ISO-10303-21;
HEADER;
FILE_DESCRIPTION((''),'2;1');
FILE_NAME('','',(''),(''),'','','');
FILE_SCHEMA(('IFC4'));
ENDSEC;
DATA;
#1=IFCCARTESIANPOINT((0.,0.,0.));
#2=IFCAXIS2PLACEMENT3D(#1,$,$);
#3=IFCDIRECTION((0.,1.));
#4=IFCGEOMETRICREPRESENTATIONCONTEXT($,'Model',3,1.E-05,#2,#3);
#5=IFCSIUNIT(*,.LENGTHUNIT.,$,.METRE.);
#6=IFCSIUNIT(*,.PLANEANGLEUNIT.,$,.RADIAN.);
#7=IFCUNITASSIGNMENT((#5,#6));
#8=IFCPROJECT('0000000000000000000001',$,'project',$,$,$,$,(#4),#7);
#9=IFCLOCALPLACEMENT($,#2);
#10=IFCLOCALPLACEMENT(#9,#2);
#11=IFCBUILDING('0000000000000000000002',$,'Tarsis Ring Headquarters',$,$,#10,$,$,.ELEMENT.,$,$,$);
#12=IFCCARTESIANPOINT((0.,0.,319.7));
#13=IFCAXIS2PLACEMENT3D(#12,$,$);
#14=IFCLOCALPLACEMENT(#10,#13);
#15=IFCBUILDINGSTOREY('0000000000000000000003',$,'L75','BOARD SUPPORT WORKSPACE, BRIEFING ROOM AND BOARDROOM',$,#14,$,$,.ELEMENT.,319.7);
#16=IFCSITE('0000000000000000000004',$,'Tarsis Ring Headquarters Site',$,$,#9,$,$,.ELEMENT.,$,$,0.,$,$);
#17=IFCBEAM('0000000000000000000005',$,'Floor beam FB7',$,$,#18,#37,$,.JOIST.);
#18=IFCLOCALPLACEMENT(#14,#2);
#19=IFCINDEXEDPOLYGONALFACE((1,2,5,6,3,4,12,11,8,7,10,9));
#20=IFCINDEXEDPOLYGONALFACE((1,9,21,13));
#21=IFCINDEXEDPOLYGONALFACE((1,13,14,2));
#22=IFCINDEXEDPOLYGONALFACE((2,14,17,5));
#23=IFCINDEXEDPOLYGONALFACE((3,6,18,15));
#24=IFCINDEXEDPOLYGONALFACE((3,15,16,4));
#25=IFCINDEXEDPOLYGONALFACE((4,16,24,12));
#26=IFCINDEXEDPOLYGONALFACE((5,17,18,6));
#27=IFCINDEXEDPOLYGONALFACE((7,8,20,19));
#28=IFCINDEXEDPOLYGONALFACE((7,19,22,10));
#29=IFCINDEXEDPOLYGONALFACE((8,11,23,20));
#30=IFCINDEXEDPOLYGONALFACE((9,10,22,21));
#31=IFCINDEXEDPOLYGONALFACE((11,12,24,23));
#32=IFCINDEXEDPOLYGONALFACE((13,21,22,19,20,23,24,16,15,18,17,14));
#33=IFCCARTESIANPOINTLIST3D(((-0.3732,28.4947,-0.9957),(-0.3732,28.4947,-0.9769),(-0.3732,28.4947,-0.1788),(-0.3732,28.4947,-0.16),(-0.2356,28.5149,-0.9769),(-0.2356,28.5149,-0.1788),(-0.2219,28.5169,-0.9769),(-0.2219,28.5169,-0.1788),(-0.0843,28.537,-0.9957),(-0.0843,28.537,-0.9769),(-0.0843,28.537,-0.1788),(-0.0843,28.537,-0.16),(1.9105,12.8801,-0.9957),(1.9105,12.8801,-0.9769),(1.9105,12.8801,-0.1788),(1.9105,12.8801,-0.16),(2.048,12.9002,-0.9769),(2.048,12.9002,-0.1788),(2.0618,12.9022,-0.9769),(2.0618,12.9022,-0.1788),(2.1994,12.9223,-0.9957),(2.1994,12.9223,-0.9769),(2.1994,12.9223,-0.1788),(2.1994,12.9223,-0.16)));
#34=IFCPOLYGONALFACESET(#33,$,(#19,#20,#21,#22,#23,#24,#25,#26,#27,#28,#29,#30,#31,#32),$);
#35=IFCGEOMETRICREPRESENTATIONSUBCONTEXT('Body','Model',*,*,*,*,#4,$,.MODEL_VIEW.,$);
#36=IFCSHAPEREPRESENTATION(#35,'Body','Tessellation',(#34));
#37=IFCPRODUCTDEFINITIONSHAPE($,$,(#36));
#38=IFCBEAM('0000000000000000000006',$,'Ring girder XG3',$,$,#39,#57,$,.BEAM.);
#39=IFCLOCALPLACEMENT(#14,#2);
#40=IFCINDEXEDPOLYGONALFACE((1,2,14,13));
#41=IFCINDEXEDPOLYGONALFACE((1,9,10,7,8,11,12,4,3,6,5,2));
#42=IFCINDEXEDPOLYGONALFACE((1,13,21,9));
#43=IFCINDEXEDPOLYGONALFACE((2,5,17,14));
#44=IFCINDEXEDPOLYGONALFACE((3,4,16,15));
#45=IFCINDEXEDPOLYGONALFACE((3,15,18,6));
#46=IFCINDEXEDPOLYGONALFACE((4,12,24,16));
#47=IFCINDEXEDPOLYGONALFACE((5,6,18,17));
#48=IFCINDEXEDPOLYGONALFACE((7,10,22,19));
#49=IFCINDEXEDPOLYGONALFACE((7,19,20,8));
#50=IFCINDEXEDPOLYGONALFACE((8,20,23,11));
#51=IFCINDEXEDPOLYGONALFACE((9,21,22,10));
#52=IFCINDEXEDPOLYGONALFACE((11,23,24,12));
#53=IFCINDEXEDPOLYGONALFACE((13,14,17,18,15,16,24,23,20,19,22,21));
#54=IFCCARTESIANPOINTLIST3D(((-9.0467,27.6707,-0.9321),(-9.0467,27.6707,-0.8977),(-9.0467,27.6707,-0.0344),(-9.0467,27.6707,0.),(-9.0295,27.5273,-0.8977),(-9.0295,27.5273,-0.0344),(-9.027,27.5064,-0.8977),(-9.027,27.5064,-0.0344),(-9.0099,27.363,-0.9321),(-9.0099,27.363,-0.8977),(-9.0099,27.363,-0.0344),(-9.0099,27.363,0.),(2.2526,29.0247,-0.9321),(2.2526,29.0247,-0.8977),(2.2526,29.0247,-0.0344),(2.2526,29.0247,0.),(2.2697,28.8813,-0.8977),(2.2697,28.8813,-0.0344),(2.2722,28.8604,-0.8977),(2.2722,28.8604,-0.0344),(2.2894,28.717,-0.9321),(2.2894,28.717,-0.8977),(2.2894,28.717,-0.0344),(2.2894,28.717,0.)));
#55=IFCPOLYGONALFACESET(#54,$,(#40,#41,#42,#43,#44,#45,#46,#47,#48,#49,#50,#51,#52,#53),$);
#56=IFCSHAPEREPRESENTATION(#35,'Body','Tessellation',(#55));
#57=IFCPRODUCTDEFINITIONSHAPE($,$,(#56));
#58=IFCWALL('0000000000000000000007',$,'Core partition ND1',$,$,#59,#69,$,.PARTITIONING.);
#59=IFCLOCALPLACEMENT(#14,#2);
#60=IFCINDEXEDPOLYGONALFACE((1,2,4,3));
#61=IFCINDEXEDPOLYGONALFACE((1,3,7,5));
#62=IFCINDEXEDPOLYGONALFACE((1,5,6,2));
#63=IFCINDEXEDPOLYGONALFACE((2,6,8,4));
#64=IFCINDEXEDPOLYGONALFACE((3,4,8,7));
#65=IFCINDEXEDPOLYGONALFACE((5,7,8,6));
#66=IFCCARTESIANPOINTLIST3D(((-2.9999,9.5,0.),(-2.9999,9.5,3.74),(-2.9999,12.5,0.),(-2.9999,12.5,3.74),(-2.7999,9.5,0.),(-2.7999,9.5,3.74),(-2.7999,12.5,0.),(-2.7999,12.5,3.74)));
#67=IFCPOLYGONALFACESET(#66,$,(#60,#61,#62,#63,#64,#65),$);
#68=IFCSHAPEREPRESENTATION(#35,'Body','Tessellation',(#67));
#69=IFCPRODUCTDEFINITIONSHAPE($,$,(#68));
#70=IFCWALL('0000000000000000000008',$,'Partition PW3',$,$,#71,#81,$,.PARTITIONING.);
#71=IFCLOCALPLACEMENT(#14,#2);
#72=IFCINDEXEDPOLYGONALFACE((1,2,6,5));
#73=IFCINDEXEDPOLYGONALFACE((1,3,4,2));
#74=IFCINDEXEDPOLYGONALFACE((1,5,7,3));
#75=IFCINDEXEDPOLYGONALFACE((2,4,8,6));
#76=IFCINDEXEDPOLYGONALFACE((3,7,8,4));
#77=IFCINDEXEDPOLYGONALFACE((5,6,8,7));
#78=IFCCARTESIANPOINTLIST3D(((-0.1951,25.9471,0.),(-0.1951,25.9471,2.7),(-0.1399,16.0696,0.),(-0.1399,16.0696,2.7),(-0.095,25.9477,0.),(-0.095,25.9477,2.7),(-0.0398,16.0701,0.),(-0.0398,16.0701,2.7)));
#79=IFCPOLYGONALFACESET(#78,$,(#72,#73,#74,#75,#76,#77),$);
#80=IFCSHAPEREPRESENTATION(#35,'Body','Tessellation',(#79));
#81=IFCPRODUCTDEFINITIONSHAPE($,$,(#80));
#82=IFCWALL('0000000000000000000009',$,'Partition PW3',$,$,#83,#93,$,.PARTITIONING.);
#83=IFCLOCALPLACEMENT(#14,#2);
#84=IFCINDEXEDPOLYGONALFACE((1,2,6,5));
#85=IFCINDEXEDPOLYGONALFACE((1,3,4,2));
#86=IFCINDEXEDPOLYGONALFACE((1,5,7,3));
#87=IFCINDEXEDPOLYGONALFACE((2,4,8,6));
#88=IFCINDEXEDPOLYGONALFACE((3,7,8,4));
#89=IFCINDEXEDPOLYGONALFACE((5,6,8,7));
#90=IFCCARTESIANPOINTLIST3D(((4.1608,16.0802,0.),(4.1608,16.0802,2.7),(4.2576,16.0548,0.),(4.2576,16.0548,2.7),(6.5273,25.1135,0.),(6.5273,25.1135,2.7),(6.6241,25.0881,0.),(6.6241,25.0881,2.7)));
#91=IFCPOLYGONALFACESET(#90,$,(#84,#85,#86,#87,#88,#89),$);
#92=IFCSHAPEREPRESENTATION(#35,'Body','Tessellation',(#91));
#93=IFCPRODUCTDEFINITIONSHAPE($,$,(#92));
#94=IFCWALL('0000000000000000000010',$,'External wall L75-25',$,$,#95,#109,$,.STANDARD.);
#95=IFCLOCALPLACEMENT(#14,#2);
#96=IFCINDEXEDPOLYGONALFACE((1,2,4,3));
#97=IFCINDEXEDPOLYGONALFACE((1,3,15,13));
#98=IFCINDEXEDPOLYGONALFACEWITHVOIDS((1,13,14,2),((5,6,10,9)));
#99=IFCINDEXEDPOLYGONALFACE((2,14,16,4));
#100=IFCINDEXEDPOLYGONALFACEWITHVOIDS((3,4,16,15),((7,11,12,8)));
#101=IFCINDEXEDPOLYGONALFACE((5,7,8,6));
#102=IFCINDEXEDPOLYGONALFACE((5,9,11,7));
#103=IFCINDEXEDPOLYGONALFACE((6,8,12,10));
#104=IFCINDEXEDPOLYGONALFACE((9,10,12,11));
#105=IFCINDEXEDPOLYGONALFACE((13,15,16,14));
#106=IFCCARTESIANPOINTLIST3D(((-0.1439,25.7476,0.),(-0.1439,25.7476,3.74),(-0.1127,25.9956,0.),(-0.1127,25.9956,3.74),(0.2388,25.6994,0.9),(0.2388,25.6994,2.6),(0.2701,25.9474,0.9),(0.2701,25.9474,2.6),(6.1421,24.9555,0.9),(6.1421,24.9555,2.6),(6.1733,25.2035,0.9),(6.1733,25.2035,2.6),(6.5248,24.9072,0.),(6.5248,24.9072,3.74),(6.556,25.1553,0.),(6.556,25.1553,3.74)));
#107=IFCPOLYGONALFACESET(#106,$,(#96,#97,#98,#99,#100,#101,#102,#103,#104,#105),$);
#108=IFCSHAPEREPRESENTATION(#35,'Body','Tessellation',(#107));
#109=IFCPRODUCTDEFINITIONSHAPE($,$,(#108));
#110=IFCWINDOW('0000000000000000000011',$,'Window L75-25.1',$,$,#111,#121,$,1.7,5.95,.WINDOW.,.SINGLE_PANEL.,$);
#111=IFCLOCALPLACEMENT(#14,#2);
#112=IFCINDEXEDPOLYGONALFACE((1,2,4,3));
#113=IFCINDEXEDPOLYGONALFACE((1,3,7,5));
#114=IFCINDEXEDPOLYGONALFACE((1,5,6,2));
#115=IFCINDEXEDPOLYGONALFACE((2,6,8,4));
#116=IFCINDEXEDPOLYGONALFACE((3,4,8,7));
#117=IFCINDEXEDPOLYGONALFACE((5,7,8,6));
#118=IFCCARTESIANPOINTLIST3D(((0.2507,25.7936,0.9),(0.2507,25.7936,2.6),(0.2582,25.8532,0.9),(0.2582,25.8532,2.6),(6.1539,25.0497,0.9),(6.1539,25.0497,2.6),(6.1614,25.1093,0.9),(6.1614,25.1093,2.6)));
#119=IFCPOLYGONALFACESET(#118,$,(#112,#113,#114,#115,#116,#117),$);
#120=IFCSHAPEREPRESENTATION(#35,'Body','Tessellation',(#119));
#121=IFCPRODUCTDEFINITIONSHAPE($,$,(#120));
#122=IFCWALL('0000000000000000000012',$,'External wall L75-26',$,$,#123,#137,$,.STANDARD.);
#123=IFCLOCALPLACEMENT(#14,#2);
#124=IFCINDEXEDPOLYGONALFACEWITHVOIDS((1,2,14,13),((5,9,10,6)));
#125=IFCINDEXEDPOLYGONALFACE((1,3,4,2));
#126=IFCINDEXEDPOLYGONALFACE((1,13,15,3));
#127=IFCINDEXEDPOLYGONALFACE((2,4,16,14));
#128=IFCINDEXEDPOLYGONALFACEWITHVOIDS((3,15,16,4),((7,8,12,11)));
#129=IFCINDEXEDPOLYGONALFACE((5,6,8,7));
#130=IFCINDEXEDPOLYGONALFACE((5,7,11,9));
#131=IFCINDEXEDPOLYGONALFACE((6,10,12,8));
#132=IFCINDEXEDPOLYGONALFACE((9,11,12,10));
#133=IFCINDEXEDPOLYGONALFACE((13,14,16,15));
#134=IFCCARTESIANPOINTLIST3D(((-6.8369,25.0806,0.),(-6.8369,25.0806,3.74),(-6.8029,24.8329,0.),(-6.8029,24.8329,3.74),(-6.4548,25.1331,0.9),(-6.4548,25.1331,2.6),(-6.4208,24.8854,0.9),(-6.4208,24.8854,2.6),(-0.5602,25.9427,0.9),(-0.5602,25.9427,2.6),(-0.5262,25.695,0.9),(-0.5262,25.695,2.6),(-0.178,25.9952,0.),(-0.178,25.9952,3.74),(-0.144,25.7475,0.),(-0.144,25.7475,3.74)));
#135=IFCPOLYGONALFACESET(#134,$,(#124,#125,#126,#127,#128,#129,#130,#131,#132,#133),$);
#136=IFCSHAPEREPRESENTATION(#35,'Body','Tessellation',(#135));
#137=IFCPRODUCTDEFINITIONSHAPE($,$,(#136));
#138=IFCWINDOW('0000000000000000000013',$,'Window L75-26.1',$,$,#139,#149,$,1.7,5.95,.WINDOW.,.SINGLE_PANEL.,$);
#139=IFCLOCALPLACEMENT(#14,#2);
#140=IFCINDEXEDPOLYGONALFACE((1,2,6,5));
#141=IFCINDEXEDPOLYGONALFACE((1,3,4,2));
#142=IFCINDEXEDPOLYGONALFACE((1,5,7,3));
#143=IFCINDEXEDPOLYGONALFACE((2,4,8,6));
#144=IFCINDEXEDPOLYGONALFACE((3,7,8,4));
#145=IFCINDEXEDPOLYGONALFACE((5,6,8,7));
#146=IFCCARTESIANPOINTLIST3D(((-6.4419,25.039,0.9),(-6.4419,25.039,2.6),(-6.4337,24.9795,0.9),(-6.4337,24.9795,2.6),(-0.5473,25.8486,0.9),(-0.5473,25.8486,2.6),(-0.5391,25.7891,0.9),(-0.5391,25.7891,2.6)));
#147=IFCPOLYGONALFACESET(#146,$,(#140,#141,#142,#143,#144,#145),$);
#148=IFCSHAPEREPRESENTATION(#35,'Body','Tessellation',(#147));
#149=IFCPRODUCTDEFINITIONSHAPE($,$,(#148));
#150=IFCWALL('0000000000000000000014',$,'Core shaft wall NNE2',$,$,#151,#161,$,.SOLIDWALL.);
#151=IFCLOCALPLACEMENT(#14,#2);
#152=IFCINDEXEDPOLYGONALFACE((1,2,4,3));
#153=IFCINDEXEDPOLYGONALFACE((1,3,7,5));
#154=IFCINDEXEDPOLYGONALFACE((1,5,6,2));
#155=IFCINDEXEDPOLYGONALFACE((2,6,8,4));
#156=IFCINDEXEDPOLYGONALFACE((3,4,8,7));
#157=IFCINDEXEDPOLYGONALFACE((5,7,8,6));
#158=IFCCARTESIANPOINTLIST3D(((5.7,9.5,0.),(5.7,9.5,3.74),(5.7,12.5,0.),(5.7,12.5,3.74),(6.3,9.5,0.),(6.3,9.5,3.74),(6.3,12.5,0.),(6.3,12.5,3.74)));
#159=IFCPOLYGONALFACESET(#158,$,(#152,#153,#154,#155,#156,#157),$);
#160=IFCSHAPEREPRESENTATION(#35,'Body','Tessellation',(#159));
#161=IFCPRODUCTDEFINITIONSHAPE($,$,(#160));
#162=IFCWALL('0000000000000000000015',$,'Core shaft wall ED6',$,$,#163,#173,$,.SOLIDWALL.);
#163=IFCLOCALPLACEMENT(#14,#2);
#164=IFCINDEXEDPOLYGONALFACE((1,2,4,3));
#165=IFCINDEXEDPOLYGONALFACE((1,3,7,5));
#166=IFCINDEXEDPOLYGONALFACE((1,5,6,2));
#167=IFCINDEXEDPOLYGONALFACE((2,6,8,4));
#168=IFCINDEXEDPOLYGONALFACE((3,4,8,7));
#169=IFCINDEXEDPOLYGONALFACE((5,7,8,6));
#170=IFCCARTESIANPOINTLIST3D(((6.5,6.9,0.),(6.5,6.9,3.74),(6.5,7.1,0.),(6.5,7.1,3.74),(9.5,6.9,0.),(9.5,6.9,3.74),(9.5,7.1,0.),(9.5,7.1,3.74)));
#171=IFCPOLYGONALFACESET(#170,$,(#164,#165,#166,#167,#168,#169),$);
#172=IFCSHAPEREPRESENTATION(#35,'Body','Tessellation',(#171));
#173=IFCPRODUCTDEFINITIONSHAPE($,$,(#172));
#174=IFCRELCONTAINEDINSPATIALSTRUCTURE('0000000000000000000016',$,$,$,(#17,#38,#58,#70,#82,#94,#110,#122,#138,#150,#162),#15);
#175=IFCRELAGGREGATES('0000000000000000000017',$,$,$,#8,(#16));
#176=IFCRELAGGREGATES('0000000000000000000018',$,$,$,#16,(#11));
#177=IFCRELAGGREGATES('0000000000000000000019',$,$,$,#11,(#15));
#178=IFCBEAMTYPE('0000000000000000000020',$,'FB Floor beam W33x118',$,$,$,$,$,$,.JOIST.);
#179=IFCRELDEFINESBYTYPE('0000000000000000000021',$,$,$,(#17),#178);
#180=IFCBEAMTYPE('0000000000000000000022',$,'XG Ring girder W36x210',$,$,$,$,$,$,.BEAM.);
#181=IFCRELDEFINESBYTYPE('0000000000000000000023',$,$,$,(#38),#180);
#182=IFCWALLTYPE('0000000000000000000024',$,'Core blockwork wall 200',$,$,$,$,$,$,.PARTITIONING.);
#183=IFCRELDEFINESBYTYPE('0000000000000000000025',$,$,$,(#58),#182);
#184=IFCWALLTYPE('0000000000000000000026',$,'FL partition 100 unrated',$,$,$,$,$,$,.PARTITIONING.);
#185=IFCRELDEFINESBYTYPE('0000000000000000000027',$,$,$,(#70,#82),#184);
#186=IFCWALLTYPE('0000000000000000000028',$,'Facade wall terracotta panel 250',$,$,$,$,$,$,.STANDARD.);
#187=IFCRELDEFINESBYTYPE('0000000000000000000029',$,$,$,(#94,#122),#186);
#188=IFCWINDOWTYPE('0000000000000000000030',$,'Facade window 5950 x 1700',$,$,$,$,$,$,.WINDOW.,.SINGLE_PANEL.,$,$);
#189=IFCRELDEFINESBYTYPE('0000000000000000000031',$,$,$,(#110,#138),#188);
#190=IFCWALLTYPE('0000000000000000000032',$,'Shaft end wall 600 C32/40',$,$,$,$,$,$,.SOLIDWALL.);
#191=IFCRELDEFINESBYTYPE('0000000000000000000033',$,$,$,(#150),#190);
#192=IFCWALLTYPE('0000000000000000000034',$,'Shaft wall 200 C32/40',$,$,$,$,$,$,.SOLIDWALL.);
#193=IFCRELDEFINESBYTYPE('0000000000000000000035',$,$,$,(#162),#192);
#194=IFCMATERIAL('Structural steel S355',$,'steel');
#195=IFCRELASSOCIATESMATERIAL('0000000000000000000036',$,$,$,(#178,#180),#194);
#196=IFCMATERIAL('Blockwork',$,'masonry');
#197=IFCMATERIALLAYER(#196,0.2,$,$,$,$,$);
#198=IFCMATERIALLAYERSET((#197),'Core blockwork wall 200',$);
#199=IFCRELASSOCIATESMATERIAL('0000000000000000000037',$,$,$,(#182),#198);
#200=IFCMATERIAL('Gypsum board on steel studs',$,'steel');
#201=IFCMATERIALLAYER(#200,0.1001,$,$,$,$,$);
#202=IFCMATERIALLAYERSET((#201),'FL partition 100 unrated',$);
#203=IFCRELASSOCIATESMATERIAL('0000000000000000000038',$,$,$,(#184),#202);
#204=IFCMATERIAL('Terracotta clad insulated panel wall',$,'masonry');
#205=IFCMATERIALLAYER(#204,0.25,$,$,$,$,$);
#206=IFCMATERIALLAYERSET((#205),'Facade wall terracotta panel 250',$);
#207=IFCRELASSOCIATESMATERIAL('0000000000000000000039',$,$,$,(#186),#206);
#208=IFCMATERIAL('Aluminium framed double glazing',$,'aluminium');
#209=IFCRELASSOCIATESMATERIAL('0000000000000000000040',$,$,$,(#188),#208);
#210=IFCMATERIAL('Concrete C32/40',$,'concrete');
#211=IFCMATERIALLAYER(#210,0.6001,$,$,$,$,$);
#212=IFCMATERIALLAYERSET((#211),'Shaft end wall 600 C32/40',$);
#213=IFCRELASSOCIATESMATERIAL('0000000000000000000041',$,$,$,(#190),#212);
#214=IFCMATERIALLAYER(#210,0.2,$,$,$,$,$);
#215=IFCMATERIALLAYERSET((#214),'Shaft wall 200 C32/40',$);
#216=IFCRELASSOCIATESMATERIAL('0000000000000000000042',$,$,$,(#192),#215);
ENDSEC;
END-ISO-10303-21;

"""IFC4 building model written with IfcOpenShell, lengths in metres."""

from ifc_helpers import new_model, si_unit, direction, frame, frame_2d, origin, origin_2d, place, context, subcontext, project, spatial, rectangle, i_section, extrude, material, layer, layer_set, material_profile, profile_set, type_object, element, fill, save


model = new_model("IFC4")

# Units and contexts
model_context = context("Model", 3, precision=1e-05, world=origin(), true_north=direction((0.0, 1.0)))
body_context = subcontext(model_context, "Body", "Model", "MODEL_VIEW")
ifc_project = project(units=[si_unit("LENGTHUNIT", "METRE"), si_unit("PLANEANGLEUNIT", "RADIAN")], contexts=[model_context])

# Site, building, storey
site_placement = place(None, origin())
site = spatial("IfcSite", under=ifc_project, at=site_placement, Name="Tarsis Ring Headquarters Site", CompositionType="ELEMENT", RefElevation=0.0)
building_placement = place(site_placement, origin())
building = spatial("IfcBuilding", under=site, at=building_placement, Name="Tarsis Ring Headquarters", CompositionType="ELEMENT")
storey_placement = place(building_placement, frame((0.0, 0.0, 319.7)))
storey = spatial("IfcBuildingStorey", under=building, at=storey_placement, Name="L75", Description="BOARD SUPPORT WORKSPACE, BRIEFING ROOM AND BOARDROOM", CompositionType="ELEMENT", Elevation=319.7)

# Shared definitions
ifc_material_1 = material(Name="Structural steel S355", Category="steel")

# Beams
ifc_material_profile_1 = material_profile(ifc_material_1, i_section(OverallWidth=0.292, OverallDepth=0.8357, WebThickness=0.0139, FlangeThickness=0.0188, at=origin_2d()), Name="W33x118")
ifc_profile_set_1 = profile_set([ifc_material_profile_1], Name="Structural steel S355")
beam_type_1 = type_object("IfcBeamType", Name="FB Floor beam W33x118", PredefinedType="JOIST", material=ifc_profile_set_1)
beam_1_placement = place(storey_placement, frame((-0.2288, 28.5159, -0.5779), z_axis=(0.144713, -0.989474, 0.0), x_axis=(0.989474, 0.144713, 0.0)))
element("IfcBeam", 1, at=beam_1_placement, inside=storey, type_object=beam_type_1, Name="Floor beam FB7", PredefinedType="JOIST", context=body_context, shape_type="SweptSolid", body=[
    extrude(i_section(OverallWidth=0.292, OverallDepth=0.8357, WebThickness=0.0139, FlangeThickness=0.0188, at=origin_2d()), origin(), (0.0, 0.0, 1.0), 15.7808),
])
ifc_material_profile_2 = material_profile(ifc_material_1, i_section(OverallWidth=0.3098, OverallDepth=0.9321, WebThickness=0.021, FlangeThickness=0.0344, at=origin_2d()), Name="W36x210")
ifc_profile_set_2 = profile_set([ifc_material_profile_2], Name="Structural steel S355")
beam_type_2 = type_object("IfcBeamType", Name="XG Ring girder W36x210", PredefinedType="BEAM", material=ifc_profile_set_2)
beam_2_placement = place(storey_placement, frame((2.271, 28.8708, -0.4661), z_axis=(-0.992897, -0.118979, 0.0), x_axis=(0.118979, -0.992897, 0.0)))
element("IfcBeam", 2, at=beam_2_placement, inside=storey, type_object=beam_type_2, Name="Ring girder XG3", PredefinedType="BEAM", context=body_context, shape_type="SweptSolid", body=[
    extrude(i_section(OverallWidth=0.3098, OverallDepth=0.9321, WebThickness=0.021, FlangeThickness=0.0344, at=origin_2d()), origin(), (0.0, 0.0, 1.0), 11.3801),
])

# Walls
ifc_material_2 = material(Name="Blockwork", Category="masonry")
ifc_layer_1 = layer(ifc_material_2, 0.2)
ifc_layer_set_1 = layer_set([ifc_layer_1], Name="Core blockwork wall 200")
wall_type_1 = type_object("IfcWallType", Name="Core blockwork wall 200", PredefinedType="PARTITIONING", material=ifc_layer_set_1)
wall_1_placement = place(storey_placement, frame((-2.8999, 9.5, 0.0), z_axis=(0.0, 0.0, 1.0), x_axis=(0.0, 1.0, 0.0)))
element("IfcWall", 3, at=wall_1_placement, inside=storey, type_object=wall_type_1, Name="Core partition ND1", PredefinedType="PARTITIONING", context=body_context, shape_type="SweptSolid", body=[
    extrude(rectangle(XDim=3.0, YDim=0.2, at=frame_2d((1.5, 0.0))), origin(), (0.0, 0.0, 1.0), 3.74),
])
ifc_material_3 = material(Name="Gypsum board on steel studs", Category="steel")
ifc_layer_2 = layer(ifc_material_3, 0.1001)
ifc_layer_set_2 = layer_set([ifc_layer_2], Name="FL partition 100 unrated")
wall_type_2 = type_object("IfcWallType", Name="FL partition 100 unrated", PredefinedType="PARTITIONING", material=ifc_layer_set_2)
wall_2_placement = place(storey_placement, frame((-0.145, 25.9475, 0.0), z_axis=(0.0, 0.0, 1.0), x_axis=(0.005586, -0.999984, 0.0)))
element("IfcWall", 4, at=wall_2_placement, inside=storey, type_object=wall_type_2, Name="Partition PW3", PredefinedType="PARTITIONING", context=body_context, shape_type="SweptSolid", body=[
    extrude(rectangle(XDim=9.8777, YDim=0.1001, at=frame_2d((4.939, 0.0))), origin(), (0.0, 0.0, 1.0), 2.7),
])
wall_3_placement = place(storey_placement, frame((4.2092, 16.0676, 0.0), z_axis=(0.0, 0.0, 1.0), x_axis=(0.253421, 0.967356, 0.0)))
element("IfcWall", 5, at=wall_3_placement, inside=storey, type_object=wall_type_2, Name="Partition PW3", PredefinedType="PARTITIONING", context=body_context, shape_type="SweptSolid", body=[
    extrude(rectangle(XDim=9.3381, YDim=0.1001, at=frame_2d((4.6689, 0.0))), origin(), (0.0, 0.0, 1.0), 2.7),
])

# Walls, openings, windows
ifc_material_4 = material(Name="Terracotta clad insulated panel wall", Category="masonry")
ifc_layer_3 = layer(ifc_material_4, 0.25)
ifc_layer_set_3 = layer_set([ifc_layer_3], Name="Facade wall terracotta panel 250")
wall_type_3 = type_object("IfcWallType", Name="Facade wall terracotta panel 250", PredefinedType="STANDARD", material=ifc_layer_set_3)
wall_4_placement = place(storey_placement, frame((6.5405, 25.0312, 0.0), z_axis=(0.0, 0.0, 1.0), x_axis=(-0.992154, 0.125023, 0.0)))
wall_4 = element("IfcWall", 6, at=wall_4_placement, inside=storey, type_object=wall_type_3, Name="External wall L75-25", PredefinedType="STANDARD", context=body_context, shape_type="SweptSolid", body=[
    extrude(rectangle(XDim=6.7214, YDim=0.25, at=frame_2d((3.3608, 0.0))), origin(), (0.0, 0.0, 1.0), 3.74),
])
opening_1_placement = place(wall_4_placement, frame((0.3857, 0.0, 0.8999)))
opening_1 = element("IfcOpeningElement", 7, at=opening_1_placement, cuts=wall_4, PredefinedType="OPENING", context=body_context, shape_type="SweptSolid", body=[
    extrude(rectangle(XDim=5.95, YDim=1.7, at=frame_2d((2.9751, 0.8501))), frame((0.0, 0.135, 0.0), z_axis=(0.0, -1.0, 0.0), x_axis=(1.0, 0.0, 0.0)), (0.0, 0.0, 1.0), 0.27),
])
ifc_material_5 = material(Name="Aluminium framed double glazing", Category="aluminium")
window_type = type_object("IfcWindowType", Name="Facade window 5950 x 1700", PartitioningType="SINGLE_PANEL", PredefinedType="WINDOW", material=ifc_material_5)
window_1_placement = place(opening_1_placement, origin())
window_1 = element("IfcWindow", 8, at=window_1_placement, inside=storey, type_object=window_type, Name="Window L75-25.1", OverallHeight=1.7, OverallWidth=5.95, PartitioningType="SINGLE_PANEL", PredefinedType="WINDOW", context=body_context, shape_type="SweptSolid", body=[
    extrude(rectangle(XDim=5.95, YDim=1.7, at=frame_2d((2.9751, 0.8501))), frame((0.0, 0.03, 0.0), z_axis=(0.0, -1.0, 0.0), x_axis=(1.0, 0.0, 0.0)), (0.0, 0.0, 1.0), 0.0601),
])
fill(opening_1, window_1)
wall_5_placement = place(storey_placement, frame((-0.1609, 25.8713, 0.0), z_axis=(0.0, 0.0, 1.0), x_axis=(-0.9907, -0.136065, 0.0)))
wall_5 = element("IfcWall", 9, at=wall_5_placement, inside=storey, type_object=wall_type_3, Name="External wall L75-26", PredefinedType="STANDARD", context=body_context, shape_type="SweptSolid", body=[
    extrude(rectangle(XDim=6.7214, YDim=0.25, at=frame_2d((3.3608, 0.0))), origin(), (0.0, 0.0, 1.0), 3.74),
])
opening_2_placement = place(wall_5_placement, frame((0.3857, 0.0, 0.8999)))
opening_2 = element("IfcOpeningElement", 10, at=opening_2_placement, cuts=wall_5, PredefinedType="OPENING", context=body_context, shape_type="SweptSolid", body=[
    extrude(rectangle(XDim=5.95, YDim=1.7, at=frame_2d((2.9751, 0.8501))), frame((0.0, 0.135, 0.0), z_axis=(0.0, -1.0, 0.0), x_axis=(1.0, 0.0, 0.0)), (0.0, 0.0, 1.0), 0.27),
])
window_2_placement = place(opening_2_placement, origin())
window_2 = element("IfcWindow", 11, at=window_2_placement, inside=storey, type_object=window_type, Name="Window L75-26.1", OverallHeight=1.7, OverallWidth=5.95, PartitioningType="SINGLE_PANEL", PredefinedType="WINDOW", context=body_context, shape_type="SweptSolid", body=[
    extrude(rectangle(XDim=5.95, YDim=1.7, at=frame_2d((2.9751, 0.8501))), frame((0.0, 0.03, 0.0), z_axis=(0.0, -1.0, 0.0), x_axis=(1.0, 0.0, 0.0)), (0.0, 0.0, 1.0), 0.0601),
])
fill(opening_2, window_2)

# Walls
ifc_material_6 = material(Name="Concrete C32/40", Category="concrete")
ifc_layer_4 = layer(ifc_material_6, 0.6001)
ifc_layer_set_4 = layer_set([ifc_layer_4], Name="Shaft end wall 600 C32/40")
wall_type_4 = type_object("IfcWallType", Name="Shaft end wall 600 C32/40", PredefinedType="SOLIDWALL", material=ifc_layer_set_4)
wall_6_placement = place(storey_placement, frame((6.0, 9.5, 0.0), z_axis=(0.0, 0.0, 1.0), x_axis=(0.0, 1.0, 0.0)))
element("IfcWall", 12, at=wall_6_placement, inside=storey, type_object=wall_type_4, Name="Core shaft wall NNE2", PredefinedType="SOLIDWALL", context=body_context, shape_type="SweptSolid", body=[
    extrude(rectangle(XDim=3.0, YDim=0.6001, at=frame_2d((1.5, 0.0))), origin(), (0.0, 0.0, 1.0), 3.74),
])
ifc_layer_5 = layer(ifc_material_6, 0.2)
ifc_layer_set_5 = layer_set([ifc_layer_5], Name="Shaft wall 200 C32/40")
wall_type_5 = type_object("IfcWallType", Name="Shaft wall 200 C32/40", PredefinedType="SOLIDWALL", material=ifc_layer_set_5)
wall_7_placement = place(storey_placement, frame((6.5, 7.0, 0.0), z_axis=(0.0, 0.0, 1.0), x_axis=(1.0, 0.0, 0.0)))
element("IfcWall", 13, at=wall_7_placement, inside=storey, type_object=wall_type_5, Name="Core shaft wall ED6", PredefinedType="SOLIDWALL", context=body_context, shape_type="SweptSolid", body=[
    extrude(rectangle(XDim=3.0, YDim=0.2, at=frame_2d((1.5, 0.0))), origin(), (0.0, 0.0, 1.0), 3.74),
])

save(model, "model.ifc")
